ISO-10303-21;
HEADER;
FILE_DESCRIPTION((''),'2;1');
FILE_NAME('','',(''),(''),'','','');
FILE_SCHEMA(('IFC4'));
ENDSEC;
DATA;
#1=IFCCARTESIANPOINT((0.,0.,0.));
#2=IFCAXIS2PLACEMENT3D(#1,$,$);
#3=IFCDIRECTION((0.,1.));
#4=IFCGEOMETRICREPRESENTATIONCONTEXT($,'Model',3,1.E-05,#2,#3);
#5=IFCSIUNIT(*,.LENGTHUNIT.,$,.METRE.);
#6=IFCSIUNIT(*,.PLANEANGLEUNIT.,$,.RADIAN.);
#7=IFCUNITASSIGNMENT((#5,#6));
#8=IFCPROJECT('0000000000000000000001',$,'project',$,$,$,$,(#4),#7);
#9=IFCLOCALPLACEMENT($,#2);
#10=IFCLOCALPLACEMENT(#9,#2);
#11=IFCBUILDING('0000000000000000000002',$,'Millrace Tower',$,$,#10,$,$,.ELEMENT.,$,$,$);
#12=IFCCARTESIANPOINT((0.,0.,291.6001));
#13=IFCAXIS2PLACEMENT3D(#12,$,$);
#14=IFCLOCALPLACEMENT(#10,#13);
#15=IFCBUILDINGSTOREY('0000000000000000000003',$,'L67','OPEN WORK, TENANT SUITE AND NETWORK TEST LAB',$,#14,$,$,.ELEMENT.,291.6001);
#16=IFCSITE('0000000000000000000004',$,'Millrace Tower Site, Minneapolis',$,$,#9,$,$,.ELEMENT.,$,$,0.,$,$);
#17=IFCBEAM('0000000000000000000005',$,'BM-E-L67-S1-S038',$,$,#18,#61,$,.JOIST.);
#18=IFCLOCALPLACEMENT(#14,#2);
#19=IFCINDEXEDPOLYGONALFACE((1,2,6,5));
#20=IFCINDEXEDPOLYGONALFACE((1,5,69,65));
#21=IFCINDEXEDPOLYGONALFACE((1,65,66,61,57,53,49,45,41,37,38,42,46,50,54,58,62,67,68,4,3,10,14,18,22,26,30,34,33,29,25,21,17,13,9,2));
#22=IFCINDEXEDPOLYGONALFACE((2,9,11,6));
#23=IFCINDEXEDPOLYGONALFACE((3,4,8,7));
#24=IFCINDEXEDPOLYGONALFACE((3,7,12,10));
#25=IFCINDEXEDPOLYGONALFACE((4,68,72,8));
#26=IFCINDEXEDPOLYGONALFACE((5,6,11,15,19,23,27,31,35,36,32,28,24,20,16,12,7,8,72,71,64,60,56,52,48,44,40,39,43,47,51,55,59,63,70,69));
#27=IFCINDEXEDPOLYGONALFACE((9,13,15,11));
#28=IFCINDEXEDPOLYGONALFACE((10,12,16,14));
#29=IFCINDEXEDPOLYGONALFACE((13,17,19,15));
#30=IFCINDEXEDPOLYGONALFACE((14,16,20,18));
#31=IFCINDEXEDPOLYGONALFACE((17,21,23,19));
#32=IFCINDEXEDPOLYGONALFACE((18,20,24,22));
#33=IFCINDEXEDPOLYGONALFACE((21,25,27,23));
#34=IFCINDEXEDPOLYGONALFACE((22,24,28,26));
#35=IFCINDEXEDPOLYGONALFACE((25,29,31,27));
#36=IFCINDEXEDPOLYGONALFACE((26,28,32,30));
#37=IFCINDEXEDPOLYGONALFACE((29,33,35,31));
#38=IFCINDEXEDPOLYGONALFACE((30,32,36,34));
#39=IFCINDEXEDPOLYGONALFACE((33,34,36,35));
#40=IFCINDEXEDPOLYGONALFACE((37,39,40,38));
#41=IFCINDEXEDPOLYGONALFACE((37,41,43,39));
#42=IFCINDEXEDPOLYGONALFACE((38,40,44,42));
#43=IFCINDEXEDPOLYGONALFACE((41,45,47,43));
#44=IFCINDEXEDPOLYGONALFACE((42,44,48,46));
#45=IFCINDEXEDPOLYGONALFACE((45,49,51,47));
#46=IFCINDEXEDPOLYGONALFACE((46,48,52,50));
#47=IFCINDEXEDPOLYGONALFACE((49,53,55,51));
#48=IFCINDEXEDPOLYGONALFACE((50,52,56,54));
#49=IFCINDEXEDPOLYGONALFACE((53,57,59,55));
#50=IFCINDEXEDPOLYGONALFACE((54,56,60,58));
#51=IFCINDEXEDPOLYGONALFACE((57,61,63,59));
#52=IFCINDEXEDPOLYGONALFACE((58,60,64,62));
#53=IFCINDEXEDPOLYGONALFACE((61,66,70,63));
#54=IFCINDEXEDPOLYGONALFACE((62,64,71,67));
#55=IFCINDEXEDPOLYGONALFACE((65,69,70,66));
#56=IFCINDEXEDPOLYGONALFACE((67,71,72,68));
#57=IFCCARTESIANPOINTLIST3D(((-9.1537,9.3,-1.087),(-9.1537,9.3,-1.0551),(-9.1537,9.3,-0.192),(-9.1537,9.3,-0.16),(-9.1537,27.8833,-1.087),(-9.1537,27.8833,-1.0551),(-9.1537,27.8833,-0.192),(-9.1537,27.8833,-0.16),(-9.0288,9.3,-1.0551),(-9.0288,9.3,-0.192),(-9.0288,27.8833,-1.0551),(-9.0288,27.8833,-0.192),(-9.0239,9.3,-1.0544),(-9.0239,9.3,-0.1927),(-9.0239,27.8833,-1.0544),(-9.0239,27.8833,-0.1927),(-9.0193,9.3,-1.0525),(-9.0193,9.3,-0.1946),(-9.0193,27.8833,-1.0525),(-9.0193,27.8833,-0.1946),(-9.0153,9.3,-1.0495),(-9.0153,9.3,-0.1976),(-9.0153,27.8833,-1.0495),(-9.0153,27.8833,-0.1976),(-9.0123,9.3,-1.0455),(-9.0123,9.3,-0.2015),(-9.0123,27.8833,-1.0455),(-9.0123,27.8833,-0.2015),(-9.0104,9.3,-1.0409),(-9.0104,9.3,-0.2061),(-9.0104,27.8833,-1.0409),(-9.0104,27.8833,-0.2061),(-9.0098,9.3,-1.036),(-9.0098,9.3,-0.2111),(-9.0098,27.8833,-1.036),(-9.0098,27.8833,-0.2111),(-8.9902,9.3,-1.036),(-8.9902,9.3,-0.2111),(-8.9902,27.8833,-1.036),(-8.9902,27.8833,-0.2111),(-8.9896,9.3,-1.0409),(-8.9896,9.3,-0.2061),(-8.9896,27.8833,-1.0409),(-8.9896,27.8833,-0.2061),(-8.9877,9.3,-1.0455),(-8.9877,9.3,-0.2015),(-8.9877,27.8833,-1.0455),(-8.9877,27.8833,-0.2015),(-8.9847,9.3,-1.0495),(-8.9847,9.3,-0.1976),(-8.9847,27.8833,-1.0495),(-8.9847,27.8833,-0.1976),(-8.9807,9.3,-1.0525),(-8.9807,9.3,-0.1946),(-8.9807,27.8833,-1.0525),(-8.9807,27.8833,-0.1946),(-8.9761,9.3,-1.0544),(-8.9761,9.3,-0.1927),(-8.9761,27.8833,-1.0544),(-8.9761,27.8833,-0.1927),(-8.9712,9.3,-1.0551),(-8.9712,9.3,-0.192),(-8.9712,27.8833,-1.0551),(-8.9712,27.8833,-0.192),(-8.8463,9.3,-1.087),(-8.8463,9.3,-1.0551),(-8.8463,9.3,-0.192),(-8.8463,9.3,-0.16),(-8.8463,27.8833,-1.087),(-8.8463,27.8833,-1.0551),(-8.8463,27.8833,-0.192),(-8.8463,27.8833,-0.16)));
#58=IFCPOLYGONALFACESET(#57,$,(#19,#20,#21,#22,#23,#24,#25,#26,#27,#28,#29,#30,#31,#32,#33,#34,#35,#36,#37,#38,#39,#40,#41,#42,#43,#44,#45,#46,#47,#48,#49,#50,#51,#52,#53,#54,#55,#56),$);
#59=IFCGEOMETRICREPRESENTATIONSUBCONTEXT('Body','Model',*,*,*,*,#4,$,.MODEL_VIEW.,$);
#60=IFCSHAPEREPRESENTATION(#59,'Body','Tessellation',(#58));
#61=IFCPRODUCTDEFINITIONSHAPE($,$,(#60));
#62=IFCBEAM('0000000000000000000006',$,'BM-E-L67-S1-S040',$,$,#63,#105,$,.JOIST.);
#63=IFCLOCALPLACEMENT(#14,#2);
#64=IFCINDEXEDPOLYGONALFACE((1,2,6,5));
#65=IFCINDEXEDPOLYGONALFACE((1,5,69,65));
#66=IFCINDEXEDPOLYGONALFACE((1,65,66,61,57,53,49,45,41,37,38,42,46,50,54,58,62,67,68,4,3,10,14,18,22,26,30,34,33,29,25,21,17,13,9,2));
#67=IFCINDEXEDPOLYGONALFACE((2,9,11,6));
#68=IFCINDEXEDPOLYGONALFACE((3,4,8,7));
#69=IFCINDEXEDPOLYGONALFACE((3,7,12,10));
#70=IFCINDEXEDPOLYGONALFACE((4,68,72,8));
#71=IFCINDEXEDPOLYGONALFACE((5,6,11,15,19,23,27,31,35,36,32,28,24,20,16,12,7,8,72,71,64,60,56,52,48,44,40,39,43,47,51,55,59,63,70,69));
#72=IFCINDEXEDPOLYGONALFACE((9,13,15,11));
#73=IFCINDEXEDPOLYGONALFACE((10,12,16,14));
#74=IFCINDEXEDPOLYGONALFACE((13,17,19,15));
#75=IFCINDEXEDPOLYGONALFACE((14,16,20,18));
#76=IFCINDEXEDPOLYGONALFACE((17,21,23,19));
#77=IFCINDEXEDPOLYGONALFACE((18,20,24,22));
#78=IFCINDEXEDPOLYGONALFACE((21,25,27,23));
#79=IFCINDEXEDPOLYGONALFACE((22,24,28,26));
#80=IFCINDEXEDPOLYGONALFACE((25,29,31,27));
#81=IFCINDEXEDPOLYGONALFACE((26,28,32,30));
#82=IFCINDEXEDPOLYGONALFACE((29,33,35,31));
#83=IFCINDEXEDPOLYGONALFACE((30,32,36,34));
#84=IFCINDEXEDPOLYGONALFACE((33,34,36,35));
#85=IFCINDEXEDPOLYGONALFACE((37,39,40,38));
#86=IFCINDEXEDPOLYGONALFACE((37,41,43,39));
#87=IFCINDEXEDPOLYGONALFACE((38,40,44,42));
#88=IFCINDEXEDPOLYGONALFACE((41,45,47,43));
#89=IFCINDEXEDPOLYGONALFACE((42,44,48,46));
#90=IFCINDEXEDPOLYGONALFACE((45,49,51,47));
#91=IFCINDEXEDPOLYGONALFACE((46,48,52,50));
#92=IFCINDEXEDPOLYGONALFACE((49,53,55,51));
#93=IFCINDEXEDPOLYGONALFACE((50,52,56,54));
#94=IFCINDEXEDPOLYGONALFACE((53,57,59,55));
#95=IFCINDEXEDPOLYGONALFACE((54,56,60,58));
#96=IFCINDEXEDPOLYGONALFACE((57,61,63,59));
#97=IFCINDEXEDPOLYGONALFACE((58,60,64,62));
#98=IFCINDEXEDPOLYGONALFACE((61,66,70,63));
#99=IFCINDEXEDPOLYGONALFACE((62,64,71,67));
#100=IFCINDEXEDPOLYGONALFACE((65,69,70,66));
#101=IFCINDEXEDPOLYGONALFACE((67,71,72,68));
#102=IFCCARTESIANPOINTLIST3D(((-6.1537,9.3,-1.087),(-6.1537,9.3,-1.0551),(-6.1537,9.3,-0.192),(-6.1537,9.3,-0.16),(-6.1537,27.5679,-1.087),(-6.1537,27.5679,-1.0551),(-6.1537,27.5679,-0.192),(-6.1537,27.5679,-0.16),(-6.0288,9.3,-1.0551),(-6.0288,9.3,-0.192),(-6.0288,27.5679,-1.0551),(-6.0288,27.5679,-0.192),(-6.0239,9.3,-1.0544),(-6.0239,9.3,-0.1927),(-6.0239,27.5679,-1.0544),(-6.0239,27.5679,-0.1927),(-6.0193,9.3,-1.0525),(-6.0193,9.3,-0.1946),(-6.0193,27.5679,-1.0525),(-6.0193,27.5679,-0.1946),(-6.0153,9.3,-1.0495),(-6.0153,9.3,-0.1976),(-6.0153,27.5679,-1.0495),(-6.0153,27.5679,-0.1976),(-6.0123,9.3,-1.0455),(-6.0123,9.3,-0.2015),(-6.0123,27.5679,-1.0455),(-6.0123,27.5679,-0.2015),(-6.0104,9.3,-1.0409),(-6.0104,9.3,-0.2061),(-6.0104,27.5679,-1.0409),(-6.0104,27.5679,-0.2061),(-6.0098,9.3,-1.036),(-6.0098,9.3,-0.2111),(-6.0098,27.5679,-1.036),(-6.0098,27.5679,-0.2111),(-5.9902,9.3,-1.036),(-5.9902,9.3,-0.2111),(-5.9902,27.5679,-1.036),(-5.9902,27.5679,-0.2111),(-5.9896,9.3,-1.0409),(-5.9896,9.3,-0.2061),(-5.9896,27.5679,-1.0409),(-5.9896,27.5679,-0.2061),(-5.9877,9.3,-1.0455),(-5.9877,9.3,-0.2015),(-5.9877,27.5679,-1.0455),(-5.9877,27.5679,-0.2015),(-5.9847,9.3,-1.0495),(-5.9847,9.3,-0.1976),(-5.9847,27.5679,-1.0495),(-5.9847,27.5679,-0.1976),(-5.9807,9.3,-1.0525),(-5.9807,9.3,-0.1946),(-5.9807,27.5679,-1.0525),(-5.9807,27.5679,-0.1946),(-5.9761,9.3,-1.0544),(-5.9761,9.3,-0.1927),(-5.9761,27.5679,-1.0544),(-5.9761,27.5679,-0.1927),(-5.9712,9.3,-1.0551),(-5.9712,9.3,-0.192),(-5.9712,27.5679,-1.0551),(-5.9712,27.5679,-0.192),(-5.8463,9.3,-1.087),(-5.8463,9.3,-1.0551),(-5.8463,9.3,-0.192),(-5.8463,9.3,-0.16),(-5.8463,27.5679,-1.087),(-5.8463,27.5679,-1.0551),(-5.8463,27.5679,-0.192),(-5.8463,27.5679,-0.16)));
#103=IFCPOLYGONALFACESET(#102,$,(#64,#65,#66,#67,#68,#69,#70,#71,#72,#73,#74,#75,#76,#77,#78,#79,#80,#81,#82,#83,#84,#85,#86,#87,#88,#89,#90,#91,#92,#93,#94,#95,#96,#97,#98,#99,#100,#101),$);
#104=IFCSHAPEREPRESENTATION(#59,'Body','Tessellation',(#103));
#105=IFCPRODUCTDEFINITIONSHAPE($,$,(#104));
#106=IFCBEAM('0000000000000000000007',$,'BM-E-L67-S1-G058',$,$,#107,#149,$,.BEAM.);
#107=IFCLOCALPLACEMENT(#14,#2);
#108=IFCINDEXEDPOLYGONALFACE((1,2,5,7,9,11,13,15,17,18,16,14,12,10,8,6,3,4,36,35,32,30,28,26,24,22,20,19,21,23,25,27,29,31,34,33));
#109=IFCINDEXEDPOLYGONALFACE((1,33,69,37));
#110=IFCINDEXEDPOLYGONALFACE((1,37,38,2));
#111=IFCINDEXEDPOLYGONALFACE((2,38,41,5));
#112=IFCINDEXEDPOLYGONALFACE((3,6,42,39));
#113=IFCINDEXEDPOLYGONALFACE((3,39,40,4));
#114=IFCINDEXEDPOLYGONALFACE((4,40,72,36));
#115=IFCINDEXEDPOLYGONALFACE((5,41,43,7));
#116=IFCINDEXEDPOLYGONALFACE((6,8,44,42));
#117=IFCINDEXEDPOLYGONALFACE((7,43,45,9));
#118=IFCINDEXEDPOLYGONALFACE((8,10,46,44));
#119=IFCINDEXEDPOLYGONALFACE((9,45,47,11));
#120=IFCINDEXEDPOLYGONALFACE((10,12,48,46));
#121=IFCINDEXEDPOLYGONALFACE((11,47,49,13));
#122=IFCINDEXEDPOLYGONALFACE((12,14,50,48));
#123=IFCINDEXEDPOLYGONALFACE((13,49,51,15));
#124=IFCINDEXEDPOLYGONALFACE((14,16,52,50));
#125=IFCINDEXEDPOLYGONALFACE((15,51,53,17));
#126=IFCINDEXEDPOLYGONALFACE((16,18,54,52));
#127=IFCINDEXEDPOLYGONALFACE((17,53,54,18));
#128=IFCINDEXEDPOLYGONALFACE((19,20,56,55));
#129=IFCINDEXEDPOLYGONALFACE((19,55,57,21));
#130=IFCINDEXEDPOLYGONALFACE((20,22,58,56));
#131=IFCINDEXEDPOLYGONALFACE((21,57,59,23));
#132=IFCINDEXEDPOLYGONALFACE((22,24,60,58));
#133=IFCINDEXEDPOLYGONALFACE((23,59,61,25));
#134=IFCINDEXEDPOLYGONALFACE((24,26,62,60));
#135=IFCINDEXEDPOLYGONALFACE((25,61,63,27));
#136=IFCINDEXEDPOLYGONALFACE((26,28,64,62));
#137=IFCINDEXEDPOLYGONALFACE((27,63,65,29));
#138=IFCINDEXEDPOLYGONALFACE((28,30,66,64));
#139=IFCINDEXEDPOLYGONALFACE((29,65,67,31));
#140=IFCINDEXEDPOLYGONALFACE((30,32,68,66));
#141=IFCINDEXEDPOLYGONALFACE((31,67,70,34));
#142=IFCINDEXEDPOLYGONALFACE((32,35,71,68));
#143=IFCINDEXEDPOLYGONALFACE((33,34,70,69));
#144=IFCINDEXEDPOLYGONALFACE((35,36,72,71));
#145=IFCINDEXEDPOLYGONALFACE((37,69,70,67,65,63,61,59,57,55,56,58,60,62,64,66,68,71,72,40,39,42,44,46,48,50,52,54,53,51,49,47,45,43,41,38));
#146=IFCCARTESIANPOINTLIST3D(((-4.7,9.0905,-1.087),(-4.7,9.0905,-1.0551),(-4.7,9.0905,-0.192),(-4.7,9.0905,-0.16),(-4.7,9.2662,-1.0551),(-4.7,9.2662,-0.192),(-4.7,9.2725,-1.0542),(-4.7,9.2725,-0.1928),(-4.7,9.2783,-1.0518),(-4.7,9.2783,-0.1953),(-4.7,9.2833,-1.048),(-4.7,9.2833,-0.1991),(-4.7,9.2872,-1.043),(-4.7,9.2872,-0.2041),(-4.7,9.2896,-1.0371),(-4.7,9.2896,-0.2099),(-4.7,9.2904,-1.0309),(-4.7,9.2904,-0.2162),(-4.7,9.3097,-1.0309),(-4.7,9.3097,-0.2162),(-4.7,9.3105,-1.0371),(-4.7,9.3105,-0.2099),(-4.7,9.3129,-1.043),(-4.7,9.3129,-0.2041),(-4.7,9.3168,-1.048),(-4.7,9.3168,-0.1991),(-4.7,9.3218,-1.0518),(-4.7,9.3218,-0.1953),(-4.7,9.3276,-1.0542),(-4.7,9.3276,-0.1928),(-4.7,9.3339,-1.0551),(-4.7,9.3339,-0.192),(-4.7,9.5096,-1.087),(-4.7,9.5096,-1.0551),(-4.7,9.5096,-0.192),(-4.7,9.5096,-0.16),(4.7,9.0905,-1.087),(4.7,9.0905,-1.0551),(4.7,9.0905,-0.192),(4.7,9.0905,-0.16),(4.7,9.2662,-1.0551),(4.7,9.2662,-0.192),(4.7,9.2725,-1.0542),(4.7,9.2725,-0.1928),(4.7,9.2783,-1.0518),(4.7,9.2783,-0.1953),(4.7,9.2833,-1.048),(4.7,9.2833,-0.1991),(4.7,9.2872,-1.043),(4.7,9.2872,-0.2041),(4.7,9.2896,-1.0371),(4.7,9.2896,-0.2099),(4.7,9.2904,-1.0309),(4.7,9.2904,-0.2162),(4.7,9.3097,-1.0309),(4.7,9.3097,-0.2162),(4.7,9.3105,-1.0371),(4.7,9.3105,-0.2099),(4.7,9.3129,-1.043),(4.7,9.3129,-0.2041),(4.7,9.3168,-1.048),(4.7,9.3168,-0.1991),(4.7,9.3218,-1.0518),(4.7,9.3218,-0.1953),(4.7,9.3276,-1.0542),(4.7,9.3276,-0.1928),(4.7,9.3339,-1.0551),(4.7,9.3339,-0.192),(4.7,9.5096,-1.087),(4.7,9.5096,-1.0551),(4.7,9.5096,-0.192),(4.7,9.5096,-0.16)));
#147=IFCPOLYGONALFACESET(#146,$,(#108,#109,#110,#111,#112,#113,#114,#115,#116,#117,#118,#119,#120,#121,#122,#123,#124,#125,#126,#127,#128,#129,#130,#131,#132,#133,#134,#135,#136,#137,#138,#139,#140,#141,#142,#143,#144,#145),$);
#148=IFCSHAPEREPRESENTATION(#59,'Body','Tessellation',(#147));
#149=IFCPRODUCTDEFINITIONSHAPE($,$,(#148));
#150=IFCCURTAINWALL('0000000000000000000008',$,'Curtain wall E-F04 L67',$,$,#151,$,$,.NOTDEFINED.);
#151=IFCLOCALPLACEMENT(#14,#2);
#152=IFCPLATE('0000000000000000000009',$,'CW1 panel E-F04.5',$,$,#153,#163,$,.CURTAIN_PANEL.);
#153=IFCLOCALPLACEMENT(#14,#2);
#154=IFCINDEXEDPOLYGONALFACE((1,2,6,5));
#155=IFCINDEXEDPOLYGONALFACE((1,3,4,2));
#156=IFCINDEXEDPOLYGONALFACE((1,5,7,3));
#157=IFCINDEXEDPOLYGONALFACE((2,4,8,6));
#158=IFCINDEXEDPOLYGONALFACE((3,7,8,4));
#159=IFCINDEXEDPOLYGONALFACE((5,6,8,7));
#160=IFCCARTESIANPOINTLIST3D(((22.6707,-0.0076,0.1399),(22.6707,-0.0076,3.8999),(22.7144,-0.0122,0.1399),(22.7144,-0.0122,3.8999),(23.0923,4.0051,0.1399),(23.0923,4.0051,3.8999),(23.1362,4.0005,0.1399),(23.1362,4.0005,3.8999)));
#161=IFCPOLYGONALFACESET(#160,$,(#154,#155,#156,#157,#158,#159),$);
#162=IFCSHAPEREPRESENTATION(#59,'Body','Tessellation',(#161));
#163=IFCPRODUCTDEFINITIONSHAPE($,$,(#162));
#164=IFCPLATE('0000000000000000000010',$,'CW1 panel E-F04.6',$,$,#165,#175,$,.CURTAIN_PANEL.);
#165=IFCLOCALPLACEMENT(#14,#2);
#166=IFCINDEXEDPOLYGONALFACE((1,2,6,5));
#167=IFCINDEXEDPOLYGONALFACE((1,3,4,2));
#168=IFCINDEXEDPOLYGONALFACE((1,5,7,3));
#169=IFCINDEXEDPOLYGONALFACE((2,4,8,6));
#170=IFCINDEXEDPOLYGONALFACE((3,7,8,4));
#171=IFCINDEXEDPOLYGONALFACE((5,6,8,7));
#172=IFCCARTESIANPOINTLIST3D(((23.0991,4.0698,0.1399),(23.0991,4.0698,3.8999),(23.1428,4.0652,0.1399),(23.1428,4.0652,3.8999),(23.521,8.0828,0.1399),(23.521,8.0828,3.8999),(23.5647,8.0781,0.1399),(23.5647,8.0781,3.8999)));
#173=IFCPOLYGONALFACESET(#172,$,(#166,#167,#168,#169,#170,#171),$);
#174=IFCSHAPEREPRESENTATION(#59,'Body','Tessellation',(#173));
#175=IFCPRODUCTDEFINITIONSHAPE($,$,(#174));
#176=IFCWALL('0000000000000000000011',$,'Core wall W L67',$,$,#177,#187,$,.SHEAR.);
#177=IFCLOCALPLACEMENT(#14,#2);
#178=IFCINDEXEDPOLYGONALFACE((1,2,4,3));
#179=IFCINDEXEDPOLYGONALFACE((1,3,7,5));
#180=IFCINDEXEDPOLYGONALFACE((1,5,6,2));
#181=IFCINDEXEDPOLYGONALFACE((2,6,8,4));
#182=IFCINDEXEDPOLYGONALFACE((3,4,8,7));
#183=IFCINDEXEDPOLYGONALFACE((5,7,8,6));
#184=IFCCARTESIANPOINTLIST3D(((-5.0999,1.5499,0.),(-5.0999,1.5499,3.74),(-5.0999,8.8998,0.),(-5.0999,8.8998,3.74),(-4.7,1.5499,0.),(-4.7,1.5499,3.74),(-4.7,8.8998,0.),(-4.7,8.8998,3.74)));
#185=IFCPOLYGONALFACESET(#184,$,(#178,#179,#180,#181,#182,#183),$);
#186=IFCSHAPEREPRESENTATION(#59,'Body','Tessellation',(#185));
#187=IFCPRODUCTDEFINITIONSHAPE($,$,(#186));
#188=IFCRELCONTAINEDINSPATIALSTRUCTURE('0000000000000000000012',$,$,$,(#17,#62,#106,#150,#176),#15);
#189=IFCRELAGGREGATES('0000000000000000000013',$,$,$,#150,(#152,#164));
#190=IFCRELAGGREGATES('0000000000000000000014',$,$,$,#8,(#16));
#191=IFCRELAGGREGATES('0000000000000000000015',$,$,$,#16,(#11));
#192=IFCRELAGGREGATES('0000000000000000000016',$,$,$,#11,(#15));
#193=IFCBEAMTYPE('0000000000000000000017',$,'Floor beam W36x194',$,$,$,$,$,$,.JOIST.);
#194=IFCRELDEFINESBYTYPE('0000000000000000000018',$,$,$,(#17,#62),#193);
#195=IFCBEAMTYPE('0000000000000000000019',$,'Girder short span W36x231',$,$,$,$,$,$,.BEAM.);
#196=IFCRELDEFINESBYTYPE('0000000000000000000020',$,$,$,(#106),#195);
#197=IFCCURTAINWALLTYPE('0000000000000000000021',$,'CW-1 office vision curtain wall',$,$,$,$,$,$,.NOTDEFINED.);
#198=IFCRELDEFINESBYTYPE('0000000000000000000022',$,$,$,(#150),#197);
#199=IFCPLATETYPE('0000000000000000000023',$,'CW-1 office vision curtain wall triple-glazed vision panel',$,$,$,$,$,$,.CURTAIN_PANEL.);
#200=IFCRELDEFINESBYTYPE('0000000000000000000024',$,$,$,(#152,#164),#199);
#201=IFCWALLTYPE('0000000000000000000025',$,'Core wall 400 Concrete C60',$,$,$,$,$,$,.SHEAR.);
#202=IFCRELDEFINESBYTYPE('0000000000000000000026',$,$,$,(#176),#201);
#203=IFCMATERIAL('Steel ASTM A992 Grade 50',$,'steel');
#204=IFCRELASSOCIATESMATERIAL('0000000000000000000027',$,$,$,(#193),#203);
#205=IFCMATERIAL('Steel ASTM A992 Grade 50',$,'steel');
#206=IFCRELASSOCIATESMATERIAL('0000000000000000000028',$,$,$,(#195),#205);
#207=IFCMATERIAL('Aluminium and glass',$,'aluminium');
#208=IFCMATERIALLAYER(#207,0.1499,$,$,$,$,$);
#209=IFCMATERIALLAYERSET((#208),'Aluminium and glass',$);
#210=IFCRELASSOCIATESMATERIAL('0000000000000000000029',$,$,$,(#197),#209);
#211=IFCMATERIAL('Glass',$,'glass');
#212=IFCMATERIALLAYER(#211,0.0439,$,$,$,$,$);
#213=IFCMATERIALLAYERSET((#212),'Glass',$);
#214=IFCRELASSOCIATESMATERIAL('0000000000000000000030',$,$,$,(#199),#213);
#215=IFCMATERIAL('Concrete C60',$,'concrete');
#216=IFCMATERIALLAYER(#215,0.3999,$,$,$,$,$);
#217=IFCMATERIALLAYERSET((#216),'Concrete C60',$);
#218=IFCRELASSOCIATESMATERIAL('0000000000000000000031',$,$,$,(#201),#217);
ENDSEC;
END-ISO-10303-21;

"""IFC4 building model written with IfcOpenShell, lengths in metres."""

from ifc_helpers import new_model, si_unit, direction, frame, frame_2d, origin, origin_2d, place, context, subcontext, project, spatial, polyline, rectangle, i_section, outline, extrude, material, layer, layer_set, material_profile, profile_set, type_object, element, aggregate, save


model = new_model("IFC4")

# Units and contexts
model_context = context("Model", 3, precision=1e-05, world=origin(), true_north=direction((0.0, 1.0)))
body_context = subcontext(model_context, "Body", "Model", "MODEL_VIEW")
ifc_project = project(units=[si_unit("LENGTHUNIT", "METRE"), si_unit("PLANEANGLEUNIT", "RADIAN")], contexts=[model_context])

# Site, building, storey
site_placement = place(None, origin())
site = spatial("IfcSite", under=ifc_project, at=site_placement, Name="Millrace Tower Site, Minneapolis", CompositionType="ELEMENT", RefElevation=0.0)
building_placement = place(site_placement, origin())
building = spatial("IfcBuilding", under=site, at=building_placement, Name="Millrace Tower", CompositionType="ELEMENT")
storey_placement = place(building_placement, frame((0.0, 0.0, 291.6001)))
storey = spatial("IfcBuildingStorey", under=building, at=storey_placement, Name="L67", Description="OPEN WORK, TENANT SUITE AND NETWORK TEST LAB", CompositionType="ELEMENT", Elevation=291.6001)

# Beams
ifc_material_1 = material(Name="Steel ASTM A992 Grade 50", Category="steel")
ifc_material_profile_1 = material_profile(ifc_material_1, i_section(OverallWidth=0.3074, OverallDepth=0.927, WebThickness=0.0195, FlangeThickness=0.032, FilletRadius=0.019, at=origin_2d()))
ifc_profile_set_1 = profile_set([ifc_material_profile_1], Name="Steel ASTM A992 Grade 50")
beam_type_1 = type_object("IfcBeamType", Name="Floor beam W36x194", PredefinedType="JOIST", material=ifc_profile_set_1)
beam_1_placement = place(storey_placement, frame((-9.0, 9.3, -0.6235), z_axis=(0.0, 1.0, 0.0), x_axis=(-1.0, 0.0, 0.0)))
element("IfcBeam", 1, at=beam_1_placement, inside=storey, type_object=beam_type_1, Name="BM-E-L67-S1-S038", PredefinedType="JOIST", context=body_context, shape_type="SweptSolid", body=[
    extrude(i_section(OverallWidth=0.3074, OverallDepth=0.927, WebThickness=0.0195, FlangeThickness=0.032, FilletRadius=0.019, at=origin_2d()), origin(), (0.0, 0.0, 1.0), 18.5833),
])
beam_2_placement = place(storey_placement, frame((-6.0, 9.3, -0.6235), z_axis=(0.0, 1.0, 0.0), x_axis=(-1.0, 0.0, 0.0)))
element("IfcBeam", 2, at=beam_2_placement, inside=storey, type_object=beam_type_1, Name="BM-E-L67-S1-S040", PredefinedType="JOIST", context=body_context, shape_type="SweptSolid", body=[
    extrude(i_section(OverallWidth=0.3074, OverallDepth=0.927, WebThickness=0.0195, FlangeThickness=0.032, FilletRadius=0.019, at=origin_2d()), origin(), (0.0, 0.0, 1.0), 18.2678),
])
ifc_material_2 = material(Name="Steel ASTM A992 Grade 50", Category="steel")
ifc_material_profile_2 = material_profile(ifc_material_2, i_section(OverallWidth=0.4192, OverallDepth=0.927, WebThickness=0.0193, FlangeThickness=0.032, FilletRadius=0.0242, at=origin_2d()))
ifc_profile_set_2 = profile_set([ifc_material_profile_2], Name="Steel ASTM A992 Grade 50")
beam_type_2 = type_object("IfcBeamType", Name="Girder short span W36x231", PredefinedType="BEAM", material=ifc_profile_set_2)
beam_3_placement = place(storey_placement, frame((-4.7, 9.3, -0.6235), z_axis=(1.0, 0.0, 0.0), x_axis=(0.0, 1.0, 0.0)))
element("IfcBeam", 3, at=beam_3_placement, inside=storey, type_object=beam_type_2, Name="BM-E-L67-S1-G058", PredefinedType="BEAM", context=body_context, shape_type="SweptSolid", body=[
    extrude(i_section(OverallWidth=0.4192, OverallDepth=0.927, WebThickness=0.0193, FlangeThickness=0.032, FilletRadius=0.0242, at=origin_2d()), origin(), (0.0, 0.0, 1.0), 9.3999),
])

# Curtain wall, plates
ifc_material_3 = material(Name="Aluminium and glass", Category="aluminium")
ifc_layer_1 = layer(ifc_material_3, 0.1499)
ifc_layer_set_1 = layer_set([ifc_layer_1], Name="Aluminium and glass")
curtain_wall_type = type_object("IfcCurtainWallType", Name="CW-1 office vision curtain wall", PredefinedType="NOTDEFINED", material=ifc_layer_set_1)
placement_1 = place(storey_placement, origin())
curtain_wall = element("IfcCurtainWall", 4, at=placement_1, inside=storey, type_object=curtain_wall_type, Name="Curtain wall E-F04 L67", PredefinedType="NOTDEFINED")
ifc_material_4 = material(Name="Glass", Category="glass")
ifc_layer_2 = layer(ifc_material_4, 0.0439)
ifc_layer_set_2 = layer_set([ifc_layer_2], Name="Glass")
plate_type = type_object("IfcPlateType", Name="CW-1 office vision curtain wall triple-glazed vision panel", PredefinedType="CURTAIN_PANEL", material=ifc_layer_set_2)
placement_2 = place(storey_placement, frame((0.0, 0.0, 0.1399)))
plate_1 = element("IfcPlate", 5, at=placement_2, type_object=plate_type, Name="CW1 panel E-F04.5", PredefinedType="CURTAIN_PANEL", context=body_context, shape_type="SweptSolid", body=[
    extrude(outline(polyline([(22.7144, -0.0122), (23.1362, 4.0005), (23.0923, 4.0051), (22.6707, -0.0076), (22.7144, -0.0122)])), origin(), (0.0, 0.0, 1.0), 3.76),
])
plate_2 = element("IfcPlate", 6, at=placement_2, type_object=plate_type, Name="CW1 panel E-F04.6", PredefinedType="CURTAIN_PANEL", context=body_context, shape_type="SweptSolid", body=[
    extrude(outline(polyline([(23.1428, 4.0652), (23.5647, 8.0781), (23.521, 8.0828), (23.0991, 4.0698), (23.1428, 4.0652)])), origin(), (0.0, 0.0, 1.0), 3.76),
])
aggregate(curtain_wall, [plate_1, plate_2])

# Wall
ifc_material_5 = material(Name="Concrete C60", Category="concrete")
ifc_layer_3 = layer(ifc_material_5, 0.3999)
ifc_layer_set_3 = layer_set([ifc_layer_3], Name="Concrete C60")
wall_type_1 = type_object("IfcWallType", Name="Core wall 400 Concrete C60", PredefinedType="SHEAR", material=ifc_layer_set_3)
wall_1_placement = place(storey_placement, frame((-4.8999, 1.55, 0.0), z_axis=(0.0, 0.0, 1.0), x_axis=(0.0, 1.0, 0.0)))
element("IfcWall", 7, at=wall_1_placement, inside=storey, type_object=wall_type_1, Name="Core wall W L67", PredefinedType="SHEAR", context=body_context, shape_type="SweptSolid", body=[
    extrude(rectangle(XDim=7.3499, YDim=0.3999, at=frame_2d((3.6748, 0.0))), origin(), (0.0, 0.0, 1.0), 3.74),
])

save(model, "model.ifc")
